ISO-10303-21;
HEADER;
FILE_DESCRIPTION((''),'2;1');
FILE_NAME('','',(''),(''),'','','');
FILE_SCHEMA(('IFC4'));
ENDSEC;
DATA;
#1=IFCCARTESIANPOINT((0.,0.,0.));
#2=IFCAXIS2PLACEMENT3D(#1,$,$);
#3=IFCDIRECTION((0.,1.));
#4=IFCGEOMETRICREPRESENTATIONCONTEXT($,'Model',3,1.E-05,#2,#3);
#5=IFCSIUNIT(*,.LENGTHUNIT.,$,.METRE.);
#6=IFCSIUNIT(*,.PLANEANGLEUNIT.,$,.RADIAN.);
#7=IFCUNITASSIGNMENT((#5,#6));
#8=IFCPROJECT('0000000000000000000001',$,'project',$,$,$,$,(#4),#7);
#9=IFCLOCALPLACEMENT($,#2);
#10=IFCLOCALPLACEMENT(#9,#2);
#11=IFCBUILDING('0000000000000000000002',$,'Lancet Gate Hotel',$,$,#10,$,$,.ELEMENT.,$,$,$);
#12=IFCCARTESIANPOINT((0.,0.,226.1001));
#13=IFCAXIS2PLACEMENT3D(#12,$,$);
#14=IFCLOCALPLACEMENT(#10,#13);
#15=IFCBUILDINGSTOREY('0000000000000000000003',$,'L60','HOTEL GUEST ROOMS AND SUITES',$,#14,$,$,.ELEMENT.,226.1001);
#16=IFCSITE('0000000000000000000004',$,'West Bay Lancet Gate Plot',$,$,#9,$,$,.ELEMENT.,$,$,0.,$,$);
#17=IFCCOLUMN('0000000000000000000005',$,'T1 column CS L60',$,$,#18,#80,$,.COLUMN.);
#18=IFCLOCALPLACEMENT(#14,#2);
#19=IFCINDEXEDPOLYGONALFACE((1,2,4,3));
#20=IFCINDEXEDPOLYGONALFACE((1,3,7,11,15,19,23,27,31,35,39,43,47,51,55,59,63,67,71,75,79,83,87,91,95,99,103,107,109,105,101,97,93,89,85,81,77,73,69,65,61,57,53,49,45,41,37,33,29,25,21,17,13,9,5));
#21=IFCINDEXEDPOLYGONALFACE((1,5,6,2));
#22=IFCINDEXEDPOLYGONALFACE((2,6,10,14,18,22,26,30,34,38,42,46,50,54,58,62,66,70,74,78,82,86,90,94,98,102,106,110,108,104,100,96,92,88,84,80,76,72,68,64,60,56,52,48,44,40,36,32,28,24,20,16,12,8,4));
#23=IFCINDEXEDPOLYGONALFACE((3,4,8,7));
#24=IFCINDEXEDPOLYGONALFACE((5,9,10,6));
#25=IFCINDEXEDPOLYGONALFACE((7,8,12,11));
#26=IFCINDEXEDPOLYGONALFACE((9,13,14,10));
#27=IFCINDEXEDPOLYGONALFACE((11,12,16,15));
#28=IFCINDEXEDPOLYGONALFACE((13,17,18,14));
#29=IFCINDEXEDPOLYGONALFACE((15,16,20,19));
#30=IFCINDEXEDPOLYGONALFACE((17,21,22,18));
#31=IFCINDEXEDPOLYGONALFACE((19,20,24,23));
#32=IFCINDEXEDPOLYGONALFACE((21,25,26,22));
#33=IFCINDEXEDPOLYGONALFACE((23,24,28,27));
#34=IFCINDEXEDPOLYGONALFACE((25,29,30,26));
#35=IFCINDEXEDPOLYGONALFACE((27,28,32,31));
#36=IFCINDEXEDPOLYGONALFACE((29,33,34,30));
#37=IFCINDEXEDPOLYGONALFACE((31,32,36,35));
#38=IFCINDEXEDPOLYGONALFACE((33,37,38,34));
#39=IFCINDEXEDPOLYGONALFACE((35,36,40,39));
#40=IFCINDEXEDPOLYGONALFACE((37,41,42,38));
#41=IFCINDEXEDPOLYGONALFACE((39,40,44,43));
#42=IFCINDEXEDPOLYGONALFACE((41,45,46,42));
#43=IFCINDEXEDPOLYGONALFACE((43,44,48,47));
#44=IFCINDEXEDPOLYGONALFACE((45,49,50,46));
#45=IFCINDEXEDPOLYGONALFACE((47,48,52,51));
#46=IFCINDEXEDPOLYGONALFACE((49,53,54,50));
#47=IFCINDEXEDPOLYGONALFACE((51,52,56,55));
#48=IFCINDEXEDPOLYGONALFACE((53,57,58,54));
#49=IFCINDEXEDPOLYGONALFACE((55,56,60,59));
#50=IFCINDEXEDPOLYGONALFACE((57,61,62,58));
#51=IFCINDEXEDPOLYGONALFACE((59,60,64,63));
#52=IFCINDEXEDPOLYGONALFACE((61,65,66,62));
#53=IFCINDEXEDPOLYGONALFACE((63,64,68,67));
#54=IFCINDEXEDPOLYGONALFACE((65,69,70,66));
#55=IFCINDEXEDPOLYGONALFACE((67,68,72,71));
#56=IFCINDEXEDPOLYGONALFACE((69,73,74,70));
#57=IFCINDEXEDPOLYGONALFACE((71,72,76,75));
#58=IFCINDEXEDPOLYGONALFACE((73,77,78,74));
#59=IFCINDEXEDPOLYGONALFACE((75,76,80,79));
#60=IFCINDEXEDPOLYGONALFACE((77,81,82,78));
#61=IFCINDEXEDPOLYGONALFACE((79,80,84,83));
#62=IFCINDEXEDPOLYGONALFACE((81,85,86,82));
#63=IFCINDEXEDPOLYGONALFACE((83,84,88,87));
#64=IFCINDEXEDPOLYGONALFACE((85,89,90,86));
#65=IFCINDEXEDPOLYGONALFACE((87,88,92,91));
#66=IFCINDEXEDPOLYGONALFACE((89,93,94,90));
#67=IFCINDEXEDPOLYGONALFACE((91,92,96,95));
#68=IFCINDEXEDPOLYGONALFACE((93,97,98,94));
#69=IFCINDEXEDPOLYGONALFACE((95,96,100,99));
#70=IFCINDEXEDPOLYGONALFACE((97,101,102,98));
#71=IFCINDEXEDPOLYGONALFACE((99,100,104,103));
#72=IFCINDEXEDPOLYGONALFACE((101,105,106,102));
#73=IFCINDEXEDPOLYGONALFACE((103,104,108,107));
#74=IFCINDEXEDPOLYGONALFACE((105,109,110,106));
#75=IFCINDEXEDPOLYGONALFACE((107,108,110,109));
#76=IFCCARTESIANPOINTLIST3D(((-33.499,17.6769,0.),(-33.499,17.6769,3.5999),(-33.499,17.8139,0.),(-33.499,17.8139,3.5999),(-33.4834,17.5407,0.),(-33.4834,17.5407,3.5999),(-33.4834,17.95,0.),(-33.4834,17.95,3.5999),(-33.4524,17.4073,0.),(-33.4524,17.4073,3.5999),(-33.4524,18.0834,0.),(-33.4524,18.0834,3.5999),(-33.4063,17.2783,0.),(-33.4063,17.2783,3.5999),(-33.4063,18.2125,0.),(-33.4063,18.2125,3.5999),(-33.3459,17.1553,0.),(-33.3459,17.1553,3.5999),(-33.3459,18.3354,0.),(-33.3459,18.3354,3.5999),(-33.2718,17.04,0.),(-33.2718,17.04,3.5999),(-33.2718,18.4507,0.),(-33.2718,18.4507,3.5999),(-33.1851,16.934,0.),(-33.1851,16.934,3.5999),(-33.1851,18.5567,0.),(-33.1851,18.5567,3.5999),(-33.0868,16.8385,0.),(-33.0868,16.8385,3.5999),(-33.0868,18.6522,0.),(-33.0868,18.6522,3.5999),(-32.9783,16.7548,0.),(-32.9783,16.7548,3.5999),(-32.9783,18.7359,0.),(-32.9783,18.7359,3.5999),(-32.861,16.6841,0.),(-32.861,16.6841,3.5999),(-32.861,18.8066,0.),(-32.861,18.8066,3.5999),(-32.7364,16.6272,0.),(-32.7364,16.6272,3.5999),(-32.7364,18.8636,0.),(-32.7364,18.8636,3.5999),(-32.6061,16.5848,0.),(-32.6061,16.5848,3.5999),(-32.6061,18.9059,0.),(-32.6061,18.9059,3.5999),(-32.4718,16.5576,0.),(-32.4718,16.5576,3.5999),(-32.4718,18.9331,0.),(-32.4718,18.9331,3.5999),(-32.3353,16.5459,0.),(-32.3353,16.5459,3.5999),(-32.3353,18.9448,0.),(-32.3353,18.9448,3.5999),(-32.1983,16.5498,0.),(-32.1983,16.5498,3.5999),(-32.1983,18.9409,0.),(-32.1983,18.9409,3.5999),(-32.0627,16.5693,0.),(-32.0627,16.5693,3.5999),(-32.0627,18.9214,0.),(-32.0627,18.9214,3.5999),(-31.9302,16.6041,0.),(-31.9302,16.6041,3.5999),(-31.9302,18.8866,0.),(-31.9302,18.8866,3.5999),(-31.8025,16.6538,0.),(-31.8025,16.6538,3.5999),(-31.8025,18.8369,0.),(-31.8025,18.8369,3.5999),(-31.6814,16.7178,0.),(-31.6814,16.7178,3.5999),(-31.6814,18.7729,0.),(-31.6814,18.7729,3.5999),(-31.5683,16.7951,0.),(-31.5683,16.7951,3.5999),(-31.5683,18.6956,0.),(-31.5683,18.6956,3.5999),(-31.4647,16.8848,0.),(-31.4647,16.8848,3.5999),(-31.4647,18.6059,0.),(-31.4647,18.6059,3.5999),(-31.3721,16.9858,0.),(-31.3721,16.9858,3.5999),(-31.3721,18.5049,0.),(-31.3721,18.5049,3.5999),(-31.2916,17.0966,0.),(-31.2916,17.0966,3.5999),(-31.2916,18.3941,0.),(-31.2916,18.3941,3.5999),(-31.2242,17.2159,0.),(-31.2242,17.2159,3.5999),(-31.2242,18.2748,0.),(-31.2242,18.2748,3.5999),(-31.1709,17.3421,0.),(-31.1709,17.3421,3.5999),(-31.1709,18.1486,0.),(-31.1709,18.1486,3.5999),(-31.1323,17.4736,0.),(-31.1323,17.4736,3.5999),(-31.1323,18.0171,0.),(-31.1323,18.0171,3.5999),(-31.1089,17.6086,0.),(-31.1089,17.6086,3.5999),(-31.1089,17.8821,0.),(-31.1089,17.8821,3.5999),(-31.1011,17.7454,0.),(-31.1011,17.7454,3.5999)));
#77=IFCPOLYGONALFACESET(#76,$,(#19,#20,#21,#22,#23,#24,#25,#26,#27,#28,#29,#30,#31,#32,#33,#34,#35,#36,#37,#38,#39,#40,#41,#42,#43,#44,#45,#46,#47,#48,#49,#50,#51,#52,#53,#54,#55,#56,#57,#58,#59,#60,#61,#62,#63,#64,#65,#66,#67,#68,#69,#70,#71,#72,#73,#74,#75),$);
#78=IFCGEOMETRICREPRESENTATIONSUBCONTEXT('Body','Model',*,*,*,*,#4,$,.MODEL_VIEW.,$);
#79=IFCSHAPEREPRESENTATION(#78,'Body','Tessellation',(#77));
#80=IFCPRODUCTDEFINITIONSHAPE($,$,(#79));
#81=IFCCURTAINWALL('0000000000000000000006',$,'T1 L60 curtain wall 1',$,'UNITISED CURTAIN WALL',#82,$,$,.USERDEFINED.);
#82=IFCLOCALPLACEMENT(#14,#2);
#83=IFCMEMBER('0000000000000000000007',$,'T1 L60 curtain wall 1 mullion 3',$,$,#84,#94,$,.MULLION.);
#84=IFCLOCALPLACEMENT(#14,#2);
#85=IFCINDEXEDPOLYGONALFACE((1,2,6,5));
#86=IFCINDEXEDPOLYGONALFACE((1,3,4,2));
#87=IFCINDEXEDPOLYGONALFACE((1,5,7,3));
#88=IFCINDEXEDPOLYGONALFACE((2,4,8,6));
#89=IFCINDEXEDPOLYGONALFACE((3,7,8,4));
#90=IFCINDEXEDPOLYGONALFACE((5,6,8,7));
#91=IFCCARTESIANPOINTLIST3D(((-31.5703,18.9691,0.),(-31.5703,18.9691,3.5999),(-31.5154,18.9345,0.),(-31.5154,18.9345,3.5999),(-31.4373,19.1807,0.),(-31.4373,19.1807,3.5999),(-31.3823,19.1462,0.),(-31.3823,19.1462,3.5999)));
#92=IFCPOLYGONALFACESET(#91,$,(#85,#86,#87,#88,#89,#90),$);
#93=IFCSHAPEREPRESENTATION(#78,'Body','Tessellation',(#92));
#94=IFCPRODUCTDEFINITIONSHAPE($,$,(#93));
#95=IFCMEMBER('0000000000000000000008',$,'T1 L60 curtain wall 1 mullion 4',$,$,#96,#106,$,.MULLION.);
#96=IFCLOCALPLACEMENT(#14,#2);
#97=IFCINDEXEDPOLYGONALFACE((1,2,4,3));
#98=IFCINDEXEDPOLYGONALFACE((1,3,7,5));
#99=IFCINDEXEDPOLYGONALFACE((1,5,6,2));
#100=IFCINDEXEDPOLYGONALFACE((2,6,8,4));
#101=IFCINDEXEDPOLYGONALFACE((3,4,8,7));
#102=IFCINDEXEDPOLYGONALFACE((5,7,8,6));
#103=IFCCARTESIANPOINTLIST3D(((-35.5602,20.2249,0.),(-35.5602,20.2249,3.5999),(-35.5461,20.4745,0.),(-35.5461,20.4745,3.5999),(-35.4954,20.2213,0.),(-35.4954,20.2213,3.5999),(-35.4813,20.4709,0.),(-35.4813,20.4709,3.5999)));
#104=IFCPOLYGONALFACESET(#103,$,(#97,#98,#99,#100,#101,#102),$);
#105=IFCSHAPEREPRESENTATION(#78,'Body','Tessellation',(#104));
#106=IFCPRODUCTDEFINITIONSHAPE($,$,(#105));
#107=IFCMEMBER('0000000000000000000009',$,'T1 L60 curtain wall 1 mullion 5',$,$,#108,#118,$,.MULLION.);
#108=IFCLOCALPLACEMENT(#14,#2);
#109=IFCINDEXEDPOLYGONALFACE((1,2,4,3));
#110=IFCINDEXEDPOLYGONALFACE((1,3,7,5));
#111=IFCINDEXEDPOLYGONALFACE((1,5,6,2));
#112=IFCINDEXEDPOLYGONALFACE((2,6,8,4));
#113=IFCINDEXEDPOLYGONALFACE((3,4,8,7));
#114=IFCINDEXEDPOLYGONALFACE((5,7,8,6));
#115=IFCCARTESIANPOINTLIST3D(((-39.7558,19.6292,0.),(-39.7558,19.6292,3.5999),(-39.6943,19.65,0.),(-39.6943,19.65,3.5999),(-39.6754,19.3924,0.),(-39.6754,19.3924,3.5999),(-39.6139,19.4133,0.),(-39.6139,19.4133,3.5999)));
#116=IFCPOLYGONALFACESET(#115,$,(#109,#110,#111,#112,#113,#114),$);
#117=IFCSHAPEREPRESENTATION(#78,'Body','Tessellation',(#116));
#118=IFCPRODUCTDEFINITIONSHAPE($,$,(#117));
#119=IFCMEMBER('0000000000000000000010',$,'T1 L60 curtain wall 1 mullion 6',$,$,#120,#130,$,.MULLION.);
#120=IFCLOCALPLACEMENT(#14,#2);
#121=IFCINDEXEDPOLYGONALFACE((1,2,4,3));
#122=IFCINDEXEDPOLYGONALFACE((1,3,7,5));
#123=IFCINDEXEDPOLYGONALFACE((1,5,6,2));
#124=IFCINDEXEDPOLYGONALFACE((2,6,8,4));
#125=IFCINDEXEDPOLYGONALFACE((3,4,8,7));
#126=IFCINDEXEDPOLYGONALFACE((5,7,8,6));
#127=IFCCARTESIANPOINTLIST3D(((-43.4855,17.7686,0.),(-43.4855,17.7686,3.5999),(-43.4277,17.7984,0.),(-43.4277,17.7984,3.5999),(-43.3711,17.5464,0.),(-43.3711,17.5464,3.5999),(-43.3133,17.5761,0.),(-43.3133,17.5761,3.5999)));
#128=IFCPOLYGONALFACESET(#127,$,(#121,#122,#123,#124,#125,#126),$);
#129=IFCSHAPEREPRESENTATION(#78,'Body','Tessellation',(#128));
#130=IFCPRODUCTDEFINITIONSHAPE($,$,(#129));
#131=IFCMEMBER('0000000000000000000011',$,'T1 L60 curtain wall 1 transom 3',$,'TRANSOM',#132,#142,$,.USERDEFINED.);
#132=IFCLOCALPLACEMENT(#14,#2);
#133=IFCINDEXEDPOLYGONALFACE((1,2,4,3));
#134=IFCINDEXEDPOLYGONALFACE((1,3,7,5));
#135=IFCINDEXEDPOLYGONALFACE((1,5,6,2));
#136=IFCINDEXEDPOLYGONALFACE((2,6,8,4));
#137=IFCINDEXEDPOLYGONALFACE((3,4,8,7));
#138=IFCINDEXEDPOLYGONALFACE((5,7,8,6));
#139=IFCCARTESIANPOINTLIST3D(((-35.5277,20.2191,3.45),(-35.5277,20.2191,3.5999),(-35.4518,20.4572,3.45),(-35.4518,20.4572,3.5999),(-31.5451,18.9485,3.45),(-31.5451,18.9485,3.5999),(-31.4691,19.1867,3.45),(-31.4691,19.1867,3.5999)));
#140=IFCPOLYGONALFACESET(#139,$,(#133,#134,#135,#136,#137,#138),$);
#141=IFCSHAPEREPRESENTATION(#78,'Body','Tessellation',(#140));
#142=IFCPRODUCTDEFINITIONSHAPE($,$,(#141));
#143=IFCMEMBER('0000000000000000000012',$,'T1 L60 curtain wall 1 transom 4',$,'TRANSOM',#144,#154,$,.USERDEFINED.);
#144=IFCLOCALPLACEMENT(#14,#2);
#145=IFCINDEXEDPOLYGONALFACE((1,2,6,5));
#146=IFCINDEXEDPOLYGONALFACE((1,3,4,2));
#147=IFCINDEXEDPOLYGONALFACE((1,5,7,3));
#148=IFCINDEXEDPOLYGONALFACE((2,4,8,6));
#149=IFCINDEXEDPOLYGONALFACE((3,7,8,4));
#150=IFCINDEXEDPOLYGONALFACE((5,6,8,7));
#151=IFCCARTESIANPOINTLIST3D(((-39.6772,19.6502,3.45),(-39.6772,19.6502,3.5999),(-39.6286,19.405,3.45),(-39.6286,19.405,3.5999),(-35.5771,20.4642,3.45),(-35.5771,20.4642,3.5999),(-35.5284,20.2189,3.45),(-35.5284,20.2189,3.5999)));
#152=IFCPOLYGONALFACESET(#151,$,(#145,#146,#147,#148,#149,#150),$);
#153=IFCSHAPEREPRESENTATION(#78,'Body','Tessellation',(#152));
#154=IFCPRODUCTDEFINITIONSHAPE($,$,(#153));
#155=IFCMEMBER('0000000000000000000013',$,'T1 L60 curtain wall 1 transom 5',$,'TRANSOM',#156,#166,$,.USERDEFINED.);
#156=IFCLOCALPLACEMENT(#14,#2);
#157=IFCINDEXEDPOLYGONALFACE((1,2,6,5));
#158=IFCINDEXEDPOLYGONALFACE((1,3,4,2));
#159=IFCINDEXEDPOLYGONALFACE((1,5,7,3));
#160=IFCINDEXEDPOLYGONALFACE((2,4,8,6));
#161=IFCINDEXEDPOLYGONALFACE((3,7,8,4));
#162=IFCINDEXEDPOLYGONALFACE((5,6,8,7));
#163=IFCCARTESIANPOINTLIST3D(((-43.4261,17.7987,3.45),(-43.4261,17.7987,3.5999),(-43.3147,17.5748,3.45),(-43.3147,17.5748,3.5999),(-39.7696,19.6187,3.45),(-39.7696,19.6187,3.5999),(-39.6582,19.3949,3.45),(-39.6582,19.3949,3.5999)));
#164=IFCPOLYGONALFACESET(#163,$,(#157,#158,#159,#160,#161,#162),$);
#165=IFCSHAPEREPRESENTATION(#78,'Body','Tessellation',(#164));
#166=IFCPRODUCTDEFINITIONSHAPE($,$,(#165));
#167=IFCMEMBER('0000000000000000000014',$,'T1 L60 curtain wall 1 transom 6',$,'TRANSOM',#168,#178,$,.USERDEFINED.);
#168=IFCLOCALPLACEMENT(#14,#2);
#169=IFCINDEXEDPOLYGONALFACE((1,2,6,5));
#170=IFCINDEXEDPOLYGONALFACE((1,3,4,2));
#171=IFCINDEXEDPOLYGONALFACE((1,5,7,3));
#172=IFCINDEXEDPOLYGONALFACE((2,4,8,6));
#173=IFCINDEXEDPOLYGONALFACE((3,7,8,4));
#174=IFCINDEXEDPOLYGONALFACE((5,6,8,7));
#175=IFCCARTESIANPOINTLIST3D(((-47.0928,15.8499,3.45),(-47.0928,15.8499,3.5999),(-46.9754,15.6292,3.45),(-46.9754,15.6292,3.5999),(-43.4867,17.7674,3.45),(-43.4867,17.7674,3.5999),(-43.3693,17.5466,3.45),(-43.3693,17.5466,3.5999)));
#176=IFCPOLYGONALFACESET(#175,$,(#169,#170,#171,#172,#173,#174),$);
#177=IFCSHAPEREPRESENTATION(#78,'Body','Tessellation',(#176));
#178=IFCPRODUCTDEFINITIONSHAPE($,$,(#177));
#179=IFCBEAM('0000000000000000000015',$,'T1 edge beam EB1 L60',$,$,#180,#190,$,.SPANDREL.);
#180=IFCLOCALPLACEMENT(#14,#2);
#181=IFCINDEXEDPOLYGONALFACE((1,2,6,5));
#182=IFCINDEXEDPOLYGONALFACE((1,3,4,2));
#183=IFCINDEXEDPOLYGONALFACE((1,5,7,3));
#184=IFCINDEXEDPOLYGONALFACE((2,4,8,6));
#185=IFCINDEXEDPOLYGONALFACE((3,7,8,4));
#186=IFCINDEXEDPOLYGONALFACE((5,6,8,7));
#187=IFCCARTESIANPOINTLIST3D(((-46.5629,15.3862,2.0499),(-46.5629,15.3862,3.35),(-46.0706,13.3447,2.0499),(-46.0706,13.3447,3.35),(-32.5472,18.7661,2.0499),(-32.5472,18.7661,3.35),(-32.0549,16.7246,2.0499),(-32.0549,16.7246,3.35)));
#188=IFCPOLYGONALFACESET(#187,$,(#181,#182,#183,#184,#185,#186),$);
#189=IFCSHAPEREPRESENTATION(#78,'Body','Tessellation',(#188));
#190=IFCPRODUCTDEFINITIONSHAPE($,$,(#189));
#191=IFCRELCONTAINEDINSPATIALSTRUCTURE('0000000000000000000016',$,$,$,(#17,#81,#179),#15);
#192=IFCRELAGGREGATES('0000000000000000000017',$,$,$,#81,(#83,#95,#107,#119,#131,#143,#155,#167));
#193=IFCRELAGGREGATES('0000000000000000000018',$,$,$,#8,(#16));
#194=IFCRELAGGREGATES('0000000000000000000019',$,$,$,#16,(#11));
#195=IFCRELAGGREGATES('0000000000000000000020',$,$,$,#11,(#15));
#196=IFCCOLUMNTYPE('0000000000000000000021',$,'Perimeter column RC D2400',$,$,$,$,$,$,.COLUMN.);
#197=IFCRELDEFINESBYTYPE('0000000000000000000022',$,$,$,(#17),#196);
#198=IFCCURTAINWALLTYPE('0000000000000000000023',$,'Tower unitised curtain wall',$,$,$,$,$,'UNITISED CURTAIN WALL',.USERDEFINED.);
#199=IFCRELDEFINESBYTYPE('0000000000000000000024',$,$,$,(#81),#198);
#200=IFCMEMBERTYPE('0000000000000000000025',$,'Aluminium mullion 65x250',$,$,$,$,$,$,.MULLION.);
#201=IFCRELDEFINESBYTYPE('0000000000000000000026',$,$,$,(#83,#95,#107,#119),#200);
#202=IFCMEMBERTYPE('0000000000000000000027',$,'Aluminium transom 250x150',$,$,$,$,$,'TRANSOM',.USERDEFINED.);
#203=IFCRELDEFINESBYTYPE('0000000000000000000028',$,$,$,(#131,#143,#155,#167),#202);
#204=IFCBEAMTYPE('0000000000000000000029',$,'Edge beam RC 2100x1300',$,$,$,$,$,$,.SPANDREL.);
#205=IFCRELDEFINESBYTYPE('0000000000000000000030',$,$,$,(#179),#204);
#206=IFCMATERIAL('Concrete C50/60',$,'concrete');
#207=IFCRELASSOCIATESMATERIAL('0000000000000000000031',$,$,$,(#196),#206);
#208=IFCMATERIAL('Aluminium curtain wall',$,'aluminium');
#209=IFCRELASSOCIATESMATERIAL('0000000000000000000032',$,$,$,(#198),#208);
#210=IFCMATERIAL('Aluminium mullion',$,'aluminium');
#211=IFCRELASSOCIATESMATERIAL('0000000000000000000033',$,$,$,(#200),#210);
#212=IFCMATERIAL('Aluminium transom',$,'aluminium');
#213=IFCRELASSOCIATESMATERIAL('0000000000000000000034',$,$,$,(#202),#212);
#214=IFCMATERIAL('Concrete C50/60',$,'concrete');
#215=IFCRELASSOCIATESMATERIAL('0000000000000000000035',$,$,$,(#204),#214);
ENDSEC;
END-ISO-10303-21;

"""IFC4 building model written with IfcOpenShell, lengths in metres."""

from ifc_helpers import new_model, si_unit, direction, frame, origin, origin_2d, place, context, subcontext, project, spatial, rectangle, circle, extrude, material, material_profile, profile_set, type_object, element, aggregate, save


model = new_model("IFC4")

# Units and contexts
model_context = context("Model", 3, precision=1e-05, world=origin(), true_north=direction((0.0, 1.0)))
body_context = subcontext(model_context, "Body", "Model", "MODEL_VIEW")
ifc_project = project(units=[si_unit("LENGTHUNIT", "METRE"), si_unit("PLANEANGLEUNIT", "RADIAN")], contexts=[model_context])

# Site, building, storey
site_placement = place(None, origin())
site = spatial("IfcSite", under=ifc_project, at=site_placement, Name="West Bay Lancet Gate Plot", CompositionType="ELEMENT", RefElevation=0.0)
building_placement = place(site_placement, origin())
building = spatial("IfcBuilding", under=site, at=building_placement, Name="Lancet Gate Hotel", CompositionType="ELEMENT")
storey_placement = place(building_placement, frame((0.0, 0.0, 226.1001)))
storey = spatial("IfcBuildingStorey", under=building, at=storey_placement, Name="L60", Description="HOTEL GUEST ROOMS AND SUITES", CompositionType="ELEMENT", Elevation=226.1001)

# Column
ifc_material_1 = material(Name="Concrete C50/60", Category="concrete")
ifc_material_profile_1 = material_profile(ifc_material_1, circle(Radius=1.2, at=origin_2d()), Name="RC D2400")
ifc_profile_set_1 = profile_set([ifc_material_profile_1], Name="Concrete C50/60")
column_type = type_object("IfcColumnType", Name="Perimeter column RC D2400", PredefinedType="COLUMN", material=ifc_profile_set_1)
column_placement = place(storey_placement, frame((-32.301, 17.7454, 0.0), z_axis=(0.0, 0.0, 1.0), x_axis=(1.0, 0.0, 0.0)))
element("IfcColumn", 1, at=column_placement, inside=storey, type_object=column_type, Name="T1 column CS L60", PredefinedType="COLUMN", context=body_context, shape_type="SweptSolid", body=[
    extrude(circle(Radius=1.2, at=origin_2d()), origin(), (0.0, 0.0, 1.0), 3.5999),
])

# Curtain wall, members
ifc_material_2 = material(Name="Aluminium curtain wall", Category="aluminium")
curtain_wall_type = type_object("IfcCurtainWallType", Name="Tower unitised curtain wall", ElementType="UNITISED CURTAIN WALL", PredefinedType="USERDEFINED", material=ifc_material_2)
curtain_wall_placement = place(storey_placement, origin())
curtain_wall = element("IfcCurtainWall", 2, at=curtain_wall_placement, inside=storey, type_object=curtain_wall_type, Name="T1 L60 curtain wall 1", ObjectType="UNITISED CURTAIN WALL", PredefinedType="USERDEFINED")
ifc_material_3 = material(Name="Aluminium mullion", Category="aluminium")
ifc_material_profile_2 = material_profile(ifc_material_3, rectangle(XDim=0.0649, YDim=0.25, at=origin_2d()), Name="MULLION 65x250")
ifc_profile_set_2 = profile_set([ifc_material_profile_2], Name="Aluminium mullion")
member_type_1 = type_object("IfcMemberType", Name="Aluminium mullion 65x250", PredefinedType="MULLION", material=ifc_profile_set_2)
member_1_placement = place(storey_placement, frame((-31.4763, 19.0576, 0.0), z_axis=(0.0, 0.0, 1.0), x_axis=(-0.846613, 0.532209, 0.0)))
member_1 = element("IfcMember", 3, at=member_1_placement, type_object=member_type_1, Name="T1 L60 curtain wall 1 mullion 3", PredefinedType="MULLION", context=body_context, shape_type="SweptSolid", body=[
    extrude(rectangle(XDim=0.0649, YDim=0.25, at=origin_2d()), origin(), (0.0, 0.0, 1.0), 3.5999),
])
member_2_placement = place(storey_placement, frame((-35.5208, 20.3479, 0.0), z_axis=(0.0, 0.0, 1.0), x_axis=(-0.998409, 0.056384, 0.0)))
member_2 = element("IfcMember", 4, at=member_2_placement, type_object=member_type_1, Name="T1 L60 curtain wall 1 mullion 4", PredefinedType="MULLION", context=body_context, shape_type="SweptSolid", body=[
    extrude(rectangle(XDim=0.0649, YDim=0.25, at=origin_2d()), origin(), (0.0, 0.0, 1.0), 3.5999),
])
member_3_placement = place(storey_placement, frame((-39.6848, 19.5212, 0.0), z_axis=(0.0, 0.0, 1.0), x_axis=(-0.946888, -0.321564, 0.0)))
member_3 = element("IfcMember", 5, at=member_3_placement, type_object=member_type_1, Name="T1 L60 curtain wall 1 mullion 5", PredefinedType="MULLION", context=body_context, shape_type="SweptSolid", body=[
    extrude(rectangle(XDim=0.0649, YDim=0.25, at=origin_2d()), origin(), (0.0, 0.0, 1.0), 3.5999),
])
member_4_placement = place(storey_placement, frame((-43.3994, 17.6724, 0.0), z_axis=(0.0, 0.0, 1.0), x_axis=(-0.889156, -0.457605, 0.0)))
member_4 = element("IfcMember", 6, at=member_4_placement, type_object=member_type_1, Name="T1 L60 curtain wall 1 mullion 6", PredefinedType="MULLION", context=body_context, shape_type="SweptSolid", body=[
    extrude(rectangle(XDim=0.0649, YDim=0.25, at=origin_2d()), origin(), (0.0, 0.0, 1.0), 3.5999),
])
ifc_material_4 = material(Name="Aluminium transom", Category="aluminium")
ifc_material_profile_3 = material_profile(ifc_material_4, rectangle(XDim=0.25, YDim=0.1499, at=origin_2d()), Name="TRANSOM 250x150")
ifc_profile_set_3 = profile_set([ifc_material_profile_3], Name="Aluminium transom")
member_type_2 = type_object("IfcMemberType", Name="Aluminium transom 250x150", ElementType="TRANSOM", PredefinedType="USERDEFINED", material=ifc_profile_set_3)
member_5_placement = place(storey_placement, frame((-31.5071, 19.0676, 3.5249), z_axis=(-0.952698, 0.30392, 0.0), x_axis=(-0.30392, -0.952698, 0.0)))
member_5 = element("IfcMember", 7, at=member_5_placement, type_object=member_type_2, Name="T1 L60 curtain wall 1 transom 3", ObjectType="TRANSOM", PredefinedType="USERDEFINED", context=body_context, shape_type="SweptSolid", body=[
    extrude(rectangle(XDim=0.25, YDim=0.1499, at=origin_2d()), origin(), (0.0, 0.0, 1.0), 4.1804),
])
member_6_placement = place(storey_placement, frame((-35.5527, 20.3416, 3.5249), z_axis=(-0.980858, -0.194723, 0.0), x_axis=(0.194723, -0.980858, 0.0)))
member_6 = element("IfcMember", 8, at=member_6_placement, type_object=member_type_2, Name="T1 L60 curtain wall 1 transom 4", ObjectType="TRANSOM", PredefinedType="USERDEFINED", context=body_context, shape_type="SweptSolid", body=[
    extrude(rectangle(XDim=0.25, YDim=0.1499, at=origin_2d()), origin(), (0.0, 0.0, 1.0), 4.1802),
])
member_7_placement = place(storey_placement, frame((-39.7139, 19.5068, 3.5249), z_axis=(-0.895227, -0.445611, 0.0), x_axis=(0.445611, -0.895227, 0.0)))
member_7 = element("IfcMember", 9, at=member_7_placement, type_object=member_type_2, Name="T1 L60 curtain wall 1 transom 5", ObjectType="TRANSOM", PredefinedType="USERDEFINED", context=body_context, shape_type="SweptSolid", body=[
    extrude(rectangle(XDim=0.25, YDim=0.1499, at=origin_2d()), origin(), (0.0, 0.0, 1.0), 4.0845),
])
member_8_placement = place(storey_placement, frame((-43.428, 17.657, 3.5249), z_axis=(-0.882945, -0.469477, 0.0), x_axis=(0.469477, -0.882945, 0.0)))
member_8 = element("IfcMember", 10, at=member_8_placement, type_object=member_type_2, Name="T1 L60 curtain wall 1 transom 6", ObjectType="TRANSOM", PredefinedType="USERDEFINED", context=body_context, shape_type="SweptSolid", body=[
    extrude(rectangle(XDim=0.25, YDim=0.1499, at=origin_2d()), origin(), (0.0, 0.0, 1.0), 4.0842),
])

# Beam
ifc_material_5 = material(Name="Concrete C50/60", Category="concrete")
ifc_material_profile_4 = material_profile(ifc_material_5, rectangle(XDim=2.1001, YDim=1.3, at=origin_2d()), Name="RC 2100x1300")
ifc_profile_set_4 = profile_set([ifc_material_profile_4], Name="Concrete C50/60")
beam_type_1 = type_object("IfcBeamType", Name="Edge beam RC 2100x1300", PredefinedType="SPANDREL", material=ifc_profile_set_4)
beam_1_placement = place(storey_placement, frame((-32.301, 17.7454, 2.7), z_axis=(-0.972133, -0.234431, 0.0), x_axis=(0.234431, -0.972133, 0.0)))
element("IfcBeam", 11, at=beam_1_placement, inside=storey, type_object=beam_type_1, Name="T1 edge beam EB1 L60", PredefinedType="SPANDREL", context=body_context, shape_type="SweptSolid", body=[
    extrude(rectangle(XDim=2.1001, YDim=1.3, at=origin_2d()), origin(), (0.0, 0.0, 1.0), 14.4175),
])

aggregate(curtain_wall, [member_1, member_2, member_3, member_4, member_5, member_6, member_7, member_8])

save(model, "model.ifc")
